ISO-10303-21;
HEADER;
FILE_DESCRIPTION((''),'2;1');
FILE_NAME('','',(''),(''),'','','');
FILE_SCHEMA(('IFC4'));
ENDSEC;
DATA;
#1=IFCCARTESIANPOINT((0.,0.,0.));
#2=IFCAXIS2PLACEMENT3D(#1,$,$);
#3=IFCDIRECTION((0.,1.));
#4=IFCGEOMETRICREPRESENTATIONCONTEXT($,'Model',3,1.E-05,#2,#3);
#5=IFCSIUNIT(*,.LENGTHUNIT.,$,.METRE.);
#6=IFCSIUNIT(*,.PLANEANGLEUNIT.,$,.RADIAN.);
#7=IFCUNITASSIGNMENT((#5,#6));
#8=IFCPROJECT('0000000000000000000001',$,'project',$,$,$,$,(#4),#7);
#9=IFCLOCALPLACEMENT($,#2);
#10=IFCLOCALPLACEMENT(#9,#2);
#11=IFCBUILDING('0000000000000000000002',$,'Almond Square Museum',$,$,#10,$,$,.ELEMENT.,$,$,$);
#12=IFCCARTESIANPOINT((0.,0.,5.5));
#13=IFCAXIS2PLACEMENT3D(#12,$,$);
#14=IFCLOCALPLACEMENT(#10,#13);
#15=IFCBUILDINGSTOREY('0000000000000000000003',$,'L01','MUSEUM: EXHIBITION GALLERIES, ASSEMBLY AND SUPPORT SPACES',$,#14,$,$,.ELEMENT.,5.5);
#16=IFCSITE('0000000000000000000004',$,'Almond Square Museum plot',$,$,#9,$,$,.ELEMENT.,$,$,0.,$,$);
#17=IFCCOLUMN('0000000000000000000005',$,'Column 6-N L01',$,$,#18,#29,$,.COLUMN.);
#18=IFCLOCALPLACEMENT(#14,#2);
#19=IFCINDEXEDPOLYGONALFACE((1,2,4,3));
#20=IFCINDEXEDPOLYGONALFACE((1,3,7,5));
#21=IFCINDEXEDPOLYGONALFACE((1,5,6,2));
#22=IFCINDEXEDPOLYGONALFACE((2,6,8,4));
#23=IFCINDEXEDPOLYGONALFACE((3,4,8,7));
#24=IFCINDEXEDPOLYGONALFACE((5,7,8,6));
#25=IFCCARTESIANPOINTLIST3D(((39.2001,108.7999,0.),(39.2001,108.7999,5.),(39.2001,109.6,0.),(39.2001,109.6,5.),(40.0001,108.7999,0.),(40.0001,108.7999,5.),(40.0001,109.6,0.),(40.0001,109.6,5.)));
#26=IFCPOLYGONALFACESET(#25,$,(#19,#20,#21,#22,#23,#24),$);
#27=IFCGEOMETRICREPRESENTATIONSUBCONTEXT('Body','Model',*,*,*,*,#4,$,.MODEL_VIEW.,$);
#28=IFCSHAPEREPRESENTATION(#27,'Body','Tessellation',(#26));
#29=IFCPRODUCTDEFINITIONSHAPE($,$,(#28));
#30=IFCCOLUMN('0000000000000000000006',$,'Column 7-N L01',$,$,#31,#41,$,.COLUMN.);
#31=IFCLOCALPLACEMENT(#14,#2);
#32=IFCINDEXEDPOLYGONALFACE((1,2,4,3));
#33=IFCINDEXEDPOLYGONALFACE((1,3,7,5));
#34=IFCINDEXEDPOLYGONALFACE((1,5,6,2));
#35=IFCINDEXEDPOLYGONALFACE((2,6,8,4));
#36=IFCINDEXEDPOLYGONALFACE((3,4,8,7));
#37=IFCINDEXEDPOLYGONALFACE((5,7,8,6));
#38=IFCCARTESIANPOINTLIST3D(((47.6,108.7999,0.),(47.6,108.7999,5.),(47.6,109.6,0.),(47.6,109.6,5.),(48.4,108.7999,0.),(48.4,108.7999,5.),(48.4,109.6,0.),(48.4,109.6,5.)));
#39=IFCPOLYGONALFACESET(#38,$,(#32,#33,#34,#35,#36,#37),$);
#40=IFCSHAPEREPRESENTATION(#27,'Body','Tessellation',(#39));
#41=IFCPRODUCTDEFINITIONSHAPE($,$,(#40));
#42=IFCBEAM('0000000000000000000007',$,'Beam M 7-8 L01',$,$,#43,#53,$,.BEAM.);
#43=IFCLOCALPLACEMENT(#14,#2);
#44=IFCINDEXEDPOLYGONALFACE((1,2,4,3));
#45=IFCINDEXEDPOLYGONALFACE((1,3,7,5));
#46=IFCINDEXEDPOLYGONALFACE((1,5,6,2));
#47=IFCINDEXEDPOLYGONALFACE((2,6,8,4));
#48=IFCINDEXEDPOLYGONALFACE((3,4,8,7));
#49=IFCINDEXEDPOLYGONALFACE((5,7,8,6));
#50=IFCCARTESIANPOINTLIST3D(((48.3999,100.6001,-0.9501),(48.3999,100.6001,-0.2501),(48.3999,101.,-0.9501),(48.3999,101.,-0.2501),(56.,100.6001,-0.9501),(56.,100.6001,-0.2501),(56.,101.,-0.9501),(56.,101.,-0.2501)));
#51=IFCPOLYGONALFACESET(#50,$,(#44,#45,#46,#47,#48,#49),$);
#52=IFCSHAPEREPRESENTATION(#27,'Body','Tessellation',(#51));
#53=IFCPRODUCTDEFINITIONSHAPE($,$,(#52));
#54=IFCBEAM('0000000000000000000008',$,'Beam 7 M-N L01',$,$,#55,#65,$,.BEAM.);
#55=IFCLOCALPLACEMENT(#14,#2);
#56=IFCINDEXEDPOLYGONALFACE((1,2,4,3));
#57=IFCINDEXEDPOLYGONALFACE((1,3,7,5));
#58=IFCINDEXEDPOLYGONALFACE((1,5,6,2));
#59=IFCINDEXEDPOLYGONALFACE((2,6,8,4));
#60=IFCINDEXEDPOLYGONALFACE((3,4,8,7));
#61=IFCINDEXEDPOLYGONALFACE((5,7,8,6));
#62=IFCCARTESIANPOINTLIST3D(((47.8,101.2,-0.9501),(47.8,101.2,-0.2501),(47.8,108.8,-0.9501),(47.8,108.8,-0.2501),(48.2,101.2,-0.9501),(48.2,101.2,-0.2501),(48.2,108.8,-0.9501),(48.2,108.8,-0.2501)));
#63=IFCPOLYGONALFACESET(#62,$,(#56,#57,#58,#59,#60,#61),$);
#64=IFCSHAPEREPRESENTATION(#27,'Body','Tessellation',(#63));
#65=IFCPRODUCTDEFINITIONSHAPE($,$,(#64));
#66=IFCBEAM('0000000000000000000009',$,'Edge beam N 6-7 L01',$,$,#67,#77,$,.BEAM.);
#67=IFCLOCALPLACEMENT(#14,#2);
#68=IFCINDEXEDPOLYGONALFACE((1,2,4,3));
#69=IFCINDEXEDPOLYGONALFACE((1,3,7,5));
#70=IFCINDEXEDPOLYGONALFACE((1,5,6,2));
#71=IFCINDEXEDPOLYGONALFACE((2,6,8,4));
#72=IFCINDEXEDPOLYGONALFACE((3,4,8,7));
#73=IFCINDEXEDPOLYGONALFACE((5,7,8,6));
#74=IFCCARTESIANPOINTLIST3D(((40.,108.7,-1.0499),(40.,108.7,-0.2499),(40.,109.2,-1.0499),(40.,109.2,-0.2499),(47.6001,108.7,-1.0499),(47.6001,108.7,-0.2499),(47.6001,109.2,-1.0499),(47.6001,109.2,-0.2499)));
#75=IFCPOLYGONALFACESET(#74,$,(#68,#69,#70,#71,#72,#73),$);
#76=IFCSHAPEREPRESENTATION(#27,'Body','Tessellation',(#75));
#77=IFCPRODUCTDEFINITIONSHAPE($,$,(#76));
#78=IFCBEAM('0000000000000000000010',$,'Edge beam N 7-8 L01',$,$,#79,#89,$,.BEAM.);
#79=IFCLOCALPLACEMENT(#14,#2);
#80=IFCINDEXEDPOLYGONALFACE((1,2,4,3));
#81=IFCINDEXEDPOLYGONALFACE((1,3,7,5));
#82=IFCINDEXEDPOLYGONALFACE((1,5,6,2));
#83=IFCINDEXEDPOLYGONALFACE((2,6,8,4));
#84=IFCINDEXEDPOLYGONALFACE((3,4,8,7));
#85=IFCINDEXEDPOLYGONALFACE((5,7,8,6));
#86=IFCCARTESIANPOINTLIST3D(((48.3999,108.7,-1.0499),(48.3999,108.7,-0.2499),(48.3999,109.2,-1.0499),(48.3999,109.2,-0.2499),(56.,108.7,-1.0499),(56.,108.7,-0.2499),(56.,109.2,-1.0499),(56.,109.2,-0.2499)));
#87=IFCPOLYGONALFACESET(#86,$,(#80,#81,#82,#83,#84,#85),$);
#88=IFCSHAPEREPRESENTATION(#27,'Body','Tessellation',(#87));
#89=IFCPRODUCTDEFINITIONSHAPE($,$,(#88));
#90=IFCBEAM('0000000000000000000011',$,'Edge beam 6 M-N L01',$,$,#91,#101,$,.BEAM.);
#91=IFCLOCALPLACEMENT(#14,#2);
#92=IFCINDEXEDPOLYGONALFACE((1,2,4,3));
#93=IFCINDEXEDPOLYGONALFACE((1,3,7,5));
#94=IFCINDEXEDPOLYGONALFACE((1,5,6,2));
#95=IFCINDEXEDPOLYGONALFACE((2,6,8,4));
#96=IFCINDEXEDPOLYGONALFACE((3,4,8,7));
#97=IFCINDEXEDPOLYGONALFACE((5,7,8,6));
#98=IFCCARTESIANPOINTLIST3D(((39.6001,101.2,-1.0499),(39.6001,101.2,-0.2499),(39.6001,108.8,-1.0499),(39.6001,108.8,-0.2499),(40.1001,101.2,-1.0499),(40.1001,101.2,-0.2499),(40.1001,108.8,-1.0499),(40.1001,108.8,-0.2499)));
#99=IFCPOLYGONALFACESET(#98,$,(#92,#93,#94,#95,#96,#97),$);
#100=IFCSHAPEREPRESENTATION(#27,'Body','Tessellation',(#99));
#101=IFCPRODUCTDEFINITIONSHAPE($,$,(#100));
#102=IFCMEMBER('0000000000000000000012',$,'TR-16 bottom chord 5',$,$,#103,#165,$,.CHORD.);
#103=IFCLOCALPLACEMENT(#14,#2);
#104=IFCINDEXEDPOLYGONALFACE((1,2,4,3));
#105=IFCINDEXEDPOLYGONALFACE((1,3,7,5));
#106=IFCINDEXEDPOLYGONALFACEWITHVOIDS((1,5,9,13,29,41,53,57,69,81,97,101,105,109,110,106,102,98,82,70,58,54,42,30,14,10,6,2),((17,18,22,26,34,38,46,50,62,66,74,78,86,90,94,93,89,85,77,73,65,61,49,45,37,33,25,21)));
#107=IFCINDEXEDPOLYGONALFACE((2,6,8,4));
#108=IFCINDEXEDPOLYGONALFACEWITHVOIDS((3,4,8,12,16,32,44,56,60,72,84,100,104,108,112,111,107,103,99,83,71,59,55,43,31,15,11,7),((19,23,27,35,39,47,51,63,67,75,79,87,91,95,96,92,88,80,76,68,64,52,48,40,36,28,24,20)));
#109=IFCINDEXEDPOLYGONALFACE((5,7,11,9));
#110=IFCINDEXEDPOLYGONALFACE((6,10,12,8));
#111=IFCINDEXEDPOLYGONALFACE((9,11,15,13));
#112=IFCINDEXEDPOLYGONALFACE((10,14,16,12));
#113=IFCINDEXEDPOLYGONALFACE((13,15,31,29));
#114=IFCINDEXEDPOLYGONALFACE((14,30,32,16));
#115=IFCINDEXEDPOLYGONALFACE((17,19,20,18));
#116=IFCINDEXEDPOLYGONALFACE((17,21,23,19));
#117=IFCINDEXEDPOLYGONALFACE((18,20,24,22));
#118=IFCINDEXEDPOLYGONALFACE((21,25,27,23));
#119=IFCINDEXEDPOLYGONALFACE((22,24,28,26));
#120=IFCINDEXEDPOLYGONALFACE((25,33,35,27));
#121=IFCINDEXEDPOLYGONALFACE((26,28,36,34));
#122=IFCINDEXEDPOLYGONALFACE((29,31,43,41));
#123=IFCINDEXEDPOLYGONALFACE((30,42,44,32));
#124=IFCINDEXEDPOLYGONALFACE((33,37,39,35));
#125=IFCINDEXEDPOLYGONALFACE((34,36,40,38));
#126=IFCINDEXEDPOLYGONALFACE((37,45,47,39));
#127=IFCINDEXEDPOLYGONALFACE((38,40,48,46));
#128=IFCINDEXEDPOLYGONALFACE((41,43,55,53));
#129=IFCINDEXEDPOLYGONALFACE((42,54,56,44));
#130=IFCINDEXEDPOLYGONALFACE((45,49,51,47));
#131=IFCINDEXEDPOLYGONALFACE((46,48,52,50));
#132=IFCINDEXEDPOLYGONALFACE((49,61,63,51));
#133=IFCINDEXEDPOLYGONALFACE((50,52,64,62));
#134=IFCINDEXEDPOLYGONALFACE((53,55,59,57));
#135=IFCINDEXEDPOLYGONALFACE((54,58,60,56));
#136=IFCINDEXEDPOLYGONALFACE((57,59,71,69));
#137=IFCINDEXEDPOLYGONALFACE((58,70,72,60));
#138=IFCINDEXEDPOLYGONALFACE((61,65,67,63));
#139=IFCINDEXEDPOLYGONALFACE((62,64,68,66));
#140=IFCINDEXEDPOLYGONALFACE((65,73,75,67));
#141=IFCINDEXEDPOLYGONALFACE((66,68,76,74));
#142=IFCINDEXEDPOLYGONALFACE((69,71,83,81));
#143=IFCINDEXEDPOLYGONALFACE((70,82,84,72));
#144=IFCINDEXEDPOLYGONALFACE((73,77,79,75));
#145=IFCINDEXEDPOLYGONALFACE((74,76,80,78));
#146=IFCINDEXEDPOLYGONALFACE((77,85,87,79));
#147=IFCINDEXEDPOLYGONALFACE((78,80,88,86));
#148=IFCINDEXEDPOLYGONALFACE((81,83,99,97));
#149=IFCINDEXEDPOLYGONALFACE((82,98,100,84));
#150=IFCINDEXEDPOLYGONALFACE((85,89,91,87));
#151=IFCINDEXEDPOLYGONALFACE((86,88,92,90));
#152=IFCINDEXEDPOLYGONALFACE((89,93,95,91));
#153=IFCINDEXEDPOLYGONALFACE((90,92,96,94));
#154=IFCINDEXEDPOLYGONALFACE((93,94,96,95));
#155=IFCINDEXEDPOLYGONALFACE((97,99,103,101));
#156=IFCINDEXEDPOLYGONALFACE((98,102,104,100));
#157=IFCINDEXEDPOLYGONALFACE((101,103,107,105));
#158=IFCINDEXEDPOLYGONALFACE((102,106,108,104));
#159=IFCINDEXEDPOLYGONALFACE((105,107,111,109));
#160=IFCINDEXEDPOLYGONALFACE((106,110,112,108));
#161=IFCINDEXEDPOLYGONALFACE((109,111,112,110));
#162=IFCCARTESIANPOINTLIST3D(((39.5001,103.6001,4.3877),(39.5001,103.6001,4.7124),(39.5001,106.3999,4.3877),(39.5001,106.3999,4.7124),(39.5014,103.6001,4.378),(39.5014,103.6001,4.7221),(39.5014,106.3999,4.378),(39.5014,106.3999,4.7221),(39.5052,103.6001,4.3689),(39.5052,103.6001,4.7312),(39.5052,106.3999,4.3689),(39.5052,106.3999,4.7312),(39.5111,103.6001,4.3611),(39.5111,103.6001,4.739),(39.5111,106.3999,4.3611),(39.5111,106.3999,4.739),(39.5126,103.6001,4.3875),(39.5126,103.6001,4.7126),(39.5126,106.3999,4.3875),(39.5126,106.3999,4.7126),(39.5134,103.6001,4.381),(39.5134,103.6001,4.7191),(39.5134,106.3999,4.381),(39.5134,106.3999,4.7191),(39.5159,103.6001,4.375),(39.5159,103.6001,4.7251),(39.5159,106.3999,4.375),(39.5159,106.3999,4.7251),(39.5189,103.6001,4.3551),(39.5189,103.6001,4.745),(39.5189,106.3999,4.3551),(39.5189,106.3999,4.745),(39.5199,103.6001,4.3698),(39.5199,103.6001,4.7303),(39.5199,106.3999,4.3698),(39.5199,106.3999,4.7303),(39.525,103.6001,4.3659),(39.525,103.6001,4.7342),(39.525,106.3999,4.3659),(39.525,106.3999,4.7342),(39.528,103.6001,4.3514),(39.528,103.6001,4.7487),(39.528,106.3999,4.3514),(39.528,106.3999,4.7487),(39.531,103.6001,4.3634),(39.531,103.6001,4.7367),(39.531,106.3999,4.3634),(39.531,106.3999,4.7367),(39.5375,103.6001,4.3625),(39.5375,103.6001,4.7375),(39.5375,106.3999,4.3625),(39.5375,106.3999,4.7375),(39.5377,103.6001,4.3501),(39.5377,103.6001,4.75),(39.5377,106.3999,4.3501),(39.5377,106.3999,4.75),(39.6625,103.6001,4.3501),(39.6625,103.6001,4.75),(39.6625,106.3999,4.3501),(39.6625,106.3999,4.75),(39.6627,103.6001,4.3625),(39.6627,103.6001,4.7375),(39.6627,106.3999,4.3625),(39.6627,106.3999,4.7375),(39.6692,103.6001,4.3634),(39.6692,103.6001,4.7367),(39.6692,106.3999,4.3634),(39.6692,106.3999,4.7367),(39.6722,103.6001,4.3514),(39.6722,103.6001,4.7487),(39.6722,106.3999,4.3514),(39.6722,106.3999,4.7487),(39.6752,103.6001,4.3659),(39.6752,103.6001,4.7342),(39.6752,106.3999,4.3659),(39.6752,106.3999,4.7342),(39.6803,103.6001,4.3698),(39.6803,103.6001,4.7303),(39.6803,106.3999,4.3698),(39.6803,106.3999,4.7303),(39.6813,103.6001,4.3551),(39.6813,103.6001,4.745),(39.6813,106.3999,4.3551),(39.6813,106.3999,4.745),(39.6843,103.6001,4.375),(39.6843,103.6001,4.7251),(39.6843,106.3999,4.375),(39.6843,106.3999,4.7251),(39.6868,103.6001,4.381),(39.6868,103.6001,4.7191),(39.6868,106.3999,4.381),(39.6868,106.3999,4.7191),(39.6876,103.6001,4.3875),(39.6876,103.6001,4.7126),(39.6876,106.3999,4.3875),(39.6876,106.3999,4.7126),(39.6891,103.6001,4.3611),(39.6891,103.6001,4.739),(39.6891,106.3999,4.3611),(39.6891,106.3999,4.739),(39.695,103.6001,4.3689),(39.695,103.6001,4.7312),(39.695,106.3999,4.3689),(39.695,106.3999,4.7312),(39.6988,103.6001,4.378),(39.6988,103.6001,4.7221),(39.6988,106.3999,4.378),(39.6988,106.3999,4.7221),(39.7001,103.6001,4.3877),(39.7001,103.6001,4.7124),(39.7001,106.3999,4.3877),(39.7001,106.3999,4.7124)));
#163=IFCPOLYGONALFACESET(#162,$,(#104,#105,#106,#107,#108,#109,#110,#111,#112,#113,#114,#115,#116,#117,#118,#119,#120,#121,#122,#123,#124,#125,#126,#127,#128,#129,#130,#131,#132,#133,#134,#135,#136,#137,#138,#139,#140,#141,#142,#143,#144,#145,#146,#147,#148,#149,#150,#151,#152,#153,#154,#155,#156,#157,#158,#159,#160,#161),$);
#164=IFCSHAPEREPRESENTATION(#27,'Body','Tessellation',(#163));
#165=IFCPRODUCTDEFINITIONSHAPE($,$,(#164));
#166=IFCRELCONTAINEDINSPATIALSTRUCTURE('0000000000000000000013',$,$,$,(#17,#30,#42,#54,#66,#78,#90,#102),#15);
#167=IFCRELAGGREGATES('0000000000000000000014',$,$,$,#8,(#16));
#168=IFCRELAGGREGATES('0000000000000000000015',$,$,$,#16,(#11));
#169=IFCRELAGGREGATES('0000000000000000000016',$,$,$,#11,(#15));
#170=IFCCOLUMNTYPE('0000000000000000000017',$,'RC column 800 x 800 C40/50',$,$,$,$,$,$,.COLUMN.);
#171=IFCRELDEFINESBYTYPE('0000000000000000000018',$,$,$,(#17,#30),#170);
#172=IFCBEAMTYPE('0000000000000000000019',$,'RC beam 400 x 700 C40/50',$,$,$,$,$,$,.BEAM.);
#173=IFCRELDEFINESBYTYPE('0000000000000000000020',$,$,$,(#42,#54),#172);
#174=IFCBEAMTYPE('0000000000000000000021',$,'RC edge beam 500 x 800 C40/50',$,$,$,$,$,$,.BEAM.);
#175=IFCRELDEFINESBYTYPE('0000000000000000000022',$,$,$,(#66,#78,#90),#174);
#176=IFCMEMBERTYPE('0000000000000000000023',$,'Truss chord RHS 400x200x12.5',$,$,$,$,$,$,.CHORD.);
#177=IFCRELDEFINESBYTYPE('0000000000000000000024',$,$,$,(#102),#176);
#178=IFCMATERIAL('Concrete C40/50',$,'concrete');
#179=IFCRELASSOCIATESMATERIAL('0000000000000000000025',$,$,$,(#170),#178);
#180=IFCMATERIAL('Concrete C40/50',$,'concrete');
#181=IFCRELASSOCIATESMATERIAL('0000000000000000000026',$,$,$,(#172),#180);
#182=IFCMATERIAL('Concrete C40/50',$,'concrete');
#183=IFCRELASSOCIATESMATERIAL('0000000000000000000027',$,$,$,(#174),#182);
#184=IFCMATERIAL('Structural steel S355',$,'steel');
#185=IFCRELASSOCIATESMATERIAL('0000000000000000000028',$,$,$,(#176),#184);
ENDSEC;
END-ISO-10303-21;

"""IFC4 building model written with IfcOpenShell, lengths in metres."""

from ifc_helpers import new_model, si_unit, direction, frame, origin, origin_2d, place, context, subcontext, project, spatial, rectangle, hollow_rectangle, extrude, material, material_profile, profile_set, type_object, element, save


model = new_model("IFC4")

# Units and contexts
model_context = context("Model", 3, precision=1e-05, world=origin(), true_north=direction((0.0, 1.0)))
body_context = subcontext(model_context, "Body", "Model", "MODEL_VIEW")
ifc_project = project(units=[si_unit("LENGTHUNIT", "METRE"), si_unit("PLANEANGLEUNIT", "RADIAN")], contexts=[model_context])

# Site, building, storey
site_placement = place(None, origin())
site = spatial("IfcSite", under=ifc_project, at=site_placement, Name="Almond Square Museum plot", CompositionType="ELEMENT", RefElevation=0.0)
building_placement = place(site_placement, origin())
building = spatial("IfcBuilding", under=site, at=building_placement, Name="Almond Square Museum", CompositionType="ELEMENT")
storey_placement = place(building_placement, frame((0.0, 0.0, 5.5)))
storey = spatial("IfcBuildingStorey", under=building, at=storey_placement, Name="L01", Description="MUSEUM: EXHIBITION GALLERIES, ASSEMBLY AND SUPPORT SPACES", CompositionType="ELEMENT", Elevation=5.5)

# Columns
ifc_material_1 = material(Name="Concrete C40/50", Category="concrete")
ifc_material_profile_1 = material_profile(ifc_material_1, rectangle(XDim=0.8, YDim=0.8, at=origin_2d()))
ifc_profile_set_1 = profile_set([ifc_material_profile_1], Name="Concrete C40/50")
column_type = type_object("IfcColumnType", Name="RC column 800 x 800 C40/50", PredefinedType="COLUMN", material=ifc_profile_set_1)
for number, where, z_axis, x_axis, name in (
    (1, (39.6001, 109.2, 0.0), (0.0, 0.0, 1.0), (1.0, 0.0, 0.0), "Column 6-N L01"),
    (2, (48.0, 109.2, 0.0), (0.0, 0.0, 1.0), (1.0, 0.0, 0.0), "Column 7-N L01"),
):
    element("IfcColumn", number, at=place(storey_placement, frame(where, z_axis=z_axis, x_axis=x_axis)), inside=storey, type_object=column_type, Name=name, PredefinedType="COLUMN", context=body_context, shape_type="SweptSolid", body=[
        extrude(rectangle(XDim=0.8, YDim=0.8, at=origin_2d()), origin(), (0.0, 0.0, 1.0), 5.0),
    ])

# Beams
ifc_material_2 = material(Name="Concrete C40/50", Category="concrete")
ifc_material_profile_2 = material_profile(ifc_material_2, rectangle(XDim=0.3999, YDim=0.7, at=origin_2d()))
ifc_profile_set_2 = profile_set([ifc_material_profile_2], Name="Concrete C40/50")
beam_type_1 = type_object("IfcBeamType", Name="RC beam 400 x 700 C40/50", PredefinedType="BEAM", material=ifc_profile_set_2)
for number, where, z_axis, x_axis, name in (
    (3, (48.3999, 100.8, -0.6001), (1.0, 0.0, 0.0), (0.0, 1.0, 0.0), "Beam M 7-8 L01"),
    (4, (48.0, 101.2, -0.6001), (0.0, 1.0, 0.0), (-1.0, 0.0, 0.0), "Beam 7 M-N L01"),
):
    element("IfcBeam", number, at=place(storey_placement, frame(where, z_axis=z_axis, x_axis=x_axis)), inside=storey, type_object=beam_type_1, Name=name, PredefinedType="BEAM", context=body_context, shape_type="SweptSolid", body=[
        extrude(rectangle(XDim=0.3999, YDim=0.7, at=origin_2d()), origin(), (0.0, 0.0, 1.0), 7.6001),
    ])
ifc_material_3 = material(Name="Concrete C40/50", Category="concrete")
ifc_material_profile_3 = material_profile(ifc_material_3, rectangle(XDim=0.5, YDim=0.8, at=origin_2d()))
ifc_profile_set_3 = profile_set([ifc_material_profile_3], Name="Concrete C40/50")
beam_type_2 = type_object("IfcBeamType", Name="RC edge beam 500 x 800 C40/50", PredefinedType="BEAM", material=ifc_profile_set_3)
for number, where, z_axis, x_axis, name in (
    (5, (40.0, 108.95, -0.6499), (1.0, 0.0, 0.0), (0.0, 1.0, 0.0), "Edge beam N 6-7 L01"),
    (6, (48.3999, 108.95, -0.6499), (1.0, 0.0, 0.0), (0.0, 1.0, 0.0), "Edge beam N 7-8 L01"),
    (7, (39.8501, 101.2, -0.6499), (0.0, 1.0, 0.0), (-1.0, 0.0, 0.0), "Edge beam 6 M-N L01"),
):
    element("IfcBeam", number, at=place(storey_placement, frame(where, z_axis=z_axis, x_axis=x_axis)), inside=storey, type_object=beam_type_2, Name=name, PredefinedType="BEAM", context=body_context, shape_type="SweptSolid", body=[
        extrude(rectangle(XDim=0.5, YDim=0.8, at=origin_2d()), origin(), (0.0, 0.0, 1.0), 7.6001),
    ])

# Member
ifc_material_4 = material(Name="Structural steel S355", Category="steel")
ifc_material_profile_4 = material_profile(ifc_material_4, hollow_rectangle(XDim=0.2, YDim=0.3999, WallThickness=0.0125, InnerFilletRadius=0.0249, OuterFilletRadius=0.0376, at=origin_2d()))
ifc_profile_set_4 = profile_set([ifc_material_profile_4], Name="Structural steel S355")
member_type_1 = type_object("IfcMemberType", Name="Truss chord RHS 400x200x12.5", PredefinedType="CHORD", material=ifc_profile_set_4)
member_1_placement = place(storey_placement, frame((39.6001, 103.6001, 4.55), z_axis=(0.0, 1.0, 0.0), x_axis=(-1.0, 0.0, 0.0)))
element("IfcMember", 8, at=member_1_placement, inside=storey, type_object=member_type_1, Name="TR-16 bottom chord 5", PredefinedType="CHORD", context=body_context, shape_type="SweptSolid", body=[
    extrude(hollow_rectangle(XDim=0.2, YDim=0.3999, WallThickness=0.0125, InnerFilletRadius=0.0249, OuterFilletRadius=0.0376, at=origin_2d()), origin(), (0.0, 0.0, 1.0), 2.7998),
])

save(model, "model.ifc")
